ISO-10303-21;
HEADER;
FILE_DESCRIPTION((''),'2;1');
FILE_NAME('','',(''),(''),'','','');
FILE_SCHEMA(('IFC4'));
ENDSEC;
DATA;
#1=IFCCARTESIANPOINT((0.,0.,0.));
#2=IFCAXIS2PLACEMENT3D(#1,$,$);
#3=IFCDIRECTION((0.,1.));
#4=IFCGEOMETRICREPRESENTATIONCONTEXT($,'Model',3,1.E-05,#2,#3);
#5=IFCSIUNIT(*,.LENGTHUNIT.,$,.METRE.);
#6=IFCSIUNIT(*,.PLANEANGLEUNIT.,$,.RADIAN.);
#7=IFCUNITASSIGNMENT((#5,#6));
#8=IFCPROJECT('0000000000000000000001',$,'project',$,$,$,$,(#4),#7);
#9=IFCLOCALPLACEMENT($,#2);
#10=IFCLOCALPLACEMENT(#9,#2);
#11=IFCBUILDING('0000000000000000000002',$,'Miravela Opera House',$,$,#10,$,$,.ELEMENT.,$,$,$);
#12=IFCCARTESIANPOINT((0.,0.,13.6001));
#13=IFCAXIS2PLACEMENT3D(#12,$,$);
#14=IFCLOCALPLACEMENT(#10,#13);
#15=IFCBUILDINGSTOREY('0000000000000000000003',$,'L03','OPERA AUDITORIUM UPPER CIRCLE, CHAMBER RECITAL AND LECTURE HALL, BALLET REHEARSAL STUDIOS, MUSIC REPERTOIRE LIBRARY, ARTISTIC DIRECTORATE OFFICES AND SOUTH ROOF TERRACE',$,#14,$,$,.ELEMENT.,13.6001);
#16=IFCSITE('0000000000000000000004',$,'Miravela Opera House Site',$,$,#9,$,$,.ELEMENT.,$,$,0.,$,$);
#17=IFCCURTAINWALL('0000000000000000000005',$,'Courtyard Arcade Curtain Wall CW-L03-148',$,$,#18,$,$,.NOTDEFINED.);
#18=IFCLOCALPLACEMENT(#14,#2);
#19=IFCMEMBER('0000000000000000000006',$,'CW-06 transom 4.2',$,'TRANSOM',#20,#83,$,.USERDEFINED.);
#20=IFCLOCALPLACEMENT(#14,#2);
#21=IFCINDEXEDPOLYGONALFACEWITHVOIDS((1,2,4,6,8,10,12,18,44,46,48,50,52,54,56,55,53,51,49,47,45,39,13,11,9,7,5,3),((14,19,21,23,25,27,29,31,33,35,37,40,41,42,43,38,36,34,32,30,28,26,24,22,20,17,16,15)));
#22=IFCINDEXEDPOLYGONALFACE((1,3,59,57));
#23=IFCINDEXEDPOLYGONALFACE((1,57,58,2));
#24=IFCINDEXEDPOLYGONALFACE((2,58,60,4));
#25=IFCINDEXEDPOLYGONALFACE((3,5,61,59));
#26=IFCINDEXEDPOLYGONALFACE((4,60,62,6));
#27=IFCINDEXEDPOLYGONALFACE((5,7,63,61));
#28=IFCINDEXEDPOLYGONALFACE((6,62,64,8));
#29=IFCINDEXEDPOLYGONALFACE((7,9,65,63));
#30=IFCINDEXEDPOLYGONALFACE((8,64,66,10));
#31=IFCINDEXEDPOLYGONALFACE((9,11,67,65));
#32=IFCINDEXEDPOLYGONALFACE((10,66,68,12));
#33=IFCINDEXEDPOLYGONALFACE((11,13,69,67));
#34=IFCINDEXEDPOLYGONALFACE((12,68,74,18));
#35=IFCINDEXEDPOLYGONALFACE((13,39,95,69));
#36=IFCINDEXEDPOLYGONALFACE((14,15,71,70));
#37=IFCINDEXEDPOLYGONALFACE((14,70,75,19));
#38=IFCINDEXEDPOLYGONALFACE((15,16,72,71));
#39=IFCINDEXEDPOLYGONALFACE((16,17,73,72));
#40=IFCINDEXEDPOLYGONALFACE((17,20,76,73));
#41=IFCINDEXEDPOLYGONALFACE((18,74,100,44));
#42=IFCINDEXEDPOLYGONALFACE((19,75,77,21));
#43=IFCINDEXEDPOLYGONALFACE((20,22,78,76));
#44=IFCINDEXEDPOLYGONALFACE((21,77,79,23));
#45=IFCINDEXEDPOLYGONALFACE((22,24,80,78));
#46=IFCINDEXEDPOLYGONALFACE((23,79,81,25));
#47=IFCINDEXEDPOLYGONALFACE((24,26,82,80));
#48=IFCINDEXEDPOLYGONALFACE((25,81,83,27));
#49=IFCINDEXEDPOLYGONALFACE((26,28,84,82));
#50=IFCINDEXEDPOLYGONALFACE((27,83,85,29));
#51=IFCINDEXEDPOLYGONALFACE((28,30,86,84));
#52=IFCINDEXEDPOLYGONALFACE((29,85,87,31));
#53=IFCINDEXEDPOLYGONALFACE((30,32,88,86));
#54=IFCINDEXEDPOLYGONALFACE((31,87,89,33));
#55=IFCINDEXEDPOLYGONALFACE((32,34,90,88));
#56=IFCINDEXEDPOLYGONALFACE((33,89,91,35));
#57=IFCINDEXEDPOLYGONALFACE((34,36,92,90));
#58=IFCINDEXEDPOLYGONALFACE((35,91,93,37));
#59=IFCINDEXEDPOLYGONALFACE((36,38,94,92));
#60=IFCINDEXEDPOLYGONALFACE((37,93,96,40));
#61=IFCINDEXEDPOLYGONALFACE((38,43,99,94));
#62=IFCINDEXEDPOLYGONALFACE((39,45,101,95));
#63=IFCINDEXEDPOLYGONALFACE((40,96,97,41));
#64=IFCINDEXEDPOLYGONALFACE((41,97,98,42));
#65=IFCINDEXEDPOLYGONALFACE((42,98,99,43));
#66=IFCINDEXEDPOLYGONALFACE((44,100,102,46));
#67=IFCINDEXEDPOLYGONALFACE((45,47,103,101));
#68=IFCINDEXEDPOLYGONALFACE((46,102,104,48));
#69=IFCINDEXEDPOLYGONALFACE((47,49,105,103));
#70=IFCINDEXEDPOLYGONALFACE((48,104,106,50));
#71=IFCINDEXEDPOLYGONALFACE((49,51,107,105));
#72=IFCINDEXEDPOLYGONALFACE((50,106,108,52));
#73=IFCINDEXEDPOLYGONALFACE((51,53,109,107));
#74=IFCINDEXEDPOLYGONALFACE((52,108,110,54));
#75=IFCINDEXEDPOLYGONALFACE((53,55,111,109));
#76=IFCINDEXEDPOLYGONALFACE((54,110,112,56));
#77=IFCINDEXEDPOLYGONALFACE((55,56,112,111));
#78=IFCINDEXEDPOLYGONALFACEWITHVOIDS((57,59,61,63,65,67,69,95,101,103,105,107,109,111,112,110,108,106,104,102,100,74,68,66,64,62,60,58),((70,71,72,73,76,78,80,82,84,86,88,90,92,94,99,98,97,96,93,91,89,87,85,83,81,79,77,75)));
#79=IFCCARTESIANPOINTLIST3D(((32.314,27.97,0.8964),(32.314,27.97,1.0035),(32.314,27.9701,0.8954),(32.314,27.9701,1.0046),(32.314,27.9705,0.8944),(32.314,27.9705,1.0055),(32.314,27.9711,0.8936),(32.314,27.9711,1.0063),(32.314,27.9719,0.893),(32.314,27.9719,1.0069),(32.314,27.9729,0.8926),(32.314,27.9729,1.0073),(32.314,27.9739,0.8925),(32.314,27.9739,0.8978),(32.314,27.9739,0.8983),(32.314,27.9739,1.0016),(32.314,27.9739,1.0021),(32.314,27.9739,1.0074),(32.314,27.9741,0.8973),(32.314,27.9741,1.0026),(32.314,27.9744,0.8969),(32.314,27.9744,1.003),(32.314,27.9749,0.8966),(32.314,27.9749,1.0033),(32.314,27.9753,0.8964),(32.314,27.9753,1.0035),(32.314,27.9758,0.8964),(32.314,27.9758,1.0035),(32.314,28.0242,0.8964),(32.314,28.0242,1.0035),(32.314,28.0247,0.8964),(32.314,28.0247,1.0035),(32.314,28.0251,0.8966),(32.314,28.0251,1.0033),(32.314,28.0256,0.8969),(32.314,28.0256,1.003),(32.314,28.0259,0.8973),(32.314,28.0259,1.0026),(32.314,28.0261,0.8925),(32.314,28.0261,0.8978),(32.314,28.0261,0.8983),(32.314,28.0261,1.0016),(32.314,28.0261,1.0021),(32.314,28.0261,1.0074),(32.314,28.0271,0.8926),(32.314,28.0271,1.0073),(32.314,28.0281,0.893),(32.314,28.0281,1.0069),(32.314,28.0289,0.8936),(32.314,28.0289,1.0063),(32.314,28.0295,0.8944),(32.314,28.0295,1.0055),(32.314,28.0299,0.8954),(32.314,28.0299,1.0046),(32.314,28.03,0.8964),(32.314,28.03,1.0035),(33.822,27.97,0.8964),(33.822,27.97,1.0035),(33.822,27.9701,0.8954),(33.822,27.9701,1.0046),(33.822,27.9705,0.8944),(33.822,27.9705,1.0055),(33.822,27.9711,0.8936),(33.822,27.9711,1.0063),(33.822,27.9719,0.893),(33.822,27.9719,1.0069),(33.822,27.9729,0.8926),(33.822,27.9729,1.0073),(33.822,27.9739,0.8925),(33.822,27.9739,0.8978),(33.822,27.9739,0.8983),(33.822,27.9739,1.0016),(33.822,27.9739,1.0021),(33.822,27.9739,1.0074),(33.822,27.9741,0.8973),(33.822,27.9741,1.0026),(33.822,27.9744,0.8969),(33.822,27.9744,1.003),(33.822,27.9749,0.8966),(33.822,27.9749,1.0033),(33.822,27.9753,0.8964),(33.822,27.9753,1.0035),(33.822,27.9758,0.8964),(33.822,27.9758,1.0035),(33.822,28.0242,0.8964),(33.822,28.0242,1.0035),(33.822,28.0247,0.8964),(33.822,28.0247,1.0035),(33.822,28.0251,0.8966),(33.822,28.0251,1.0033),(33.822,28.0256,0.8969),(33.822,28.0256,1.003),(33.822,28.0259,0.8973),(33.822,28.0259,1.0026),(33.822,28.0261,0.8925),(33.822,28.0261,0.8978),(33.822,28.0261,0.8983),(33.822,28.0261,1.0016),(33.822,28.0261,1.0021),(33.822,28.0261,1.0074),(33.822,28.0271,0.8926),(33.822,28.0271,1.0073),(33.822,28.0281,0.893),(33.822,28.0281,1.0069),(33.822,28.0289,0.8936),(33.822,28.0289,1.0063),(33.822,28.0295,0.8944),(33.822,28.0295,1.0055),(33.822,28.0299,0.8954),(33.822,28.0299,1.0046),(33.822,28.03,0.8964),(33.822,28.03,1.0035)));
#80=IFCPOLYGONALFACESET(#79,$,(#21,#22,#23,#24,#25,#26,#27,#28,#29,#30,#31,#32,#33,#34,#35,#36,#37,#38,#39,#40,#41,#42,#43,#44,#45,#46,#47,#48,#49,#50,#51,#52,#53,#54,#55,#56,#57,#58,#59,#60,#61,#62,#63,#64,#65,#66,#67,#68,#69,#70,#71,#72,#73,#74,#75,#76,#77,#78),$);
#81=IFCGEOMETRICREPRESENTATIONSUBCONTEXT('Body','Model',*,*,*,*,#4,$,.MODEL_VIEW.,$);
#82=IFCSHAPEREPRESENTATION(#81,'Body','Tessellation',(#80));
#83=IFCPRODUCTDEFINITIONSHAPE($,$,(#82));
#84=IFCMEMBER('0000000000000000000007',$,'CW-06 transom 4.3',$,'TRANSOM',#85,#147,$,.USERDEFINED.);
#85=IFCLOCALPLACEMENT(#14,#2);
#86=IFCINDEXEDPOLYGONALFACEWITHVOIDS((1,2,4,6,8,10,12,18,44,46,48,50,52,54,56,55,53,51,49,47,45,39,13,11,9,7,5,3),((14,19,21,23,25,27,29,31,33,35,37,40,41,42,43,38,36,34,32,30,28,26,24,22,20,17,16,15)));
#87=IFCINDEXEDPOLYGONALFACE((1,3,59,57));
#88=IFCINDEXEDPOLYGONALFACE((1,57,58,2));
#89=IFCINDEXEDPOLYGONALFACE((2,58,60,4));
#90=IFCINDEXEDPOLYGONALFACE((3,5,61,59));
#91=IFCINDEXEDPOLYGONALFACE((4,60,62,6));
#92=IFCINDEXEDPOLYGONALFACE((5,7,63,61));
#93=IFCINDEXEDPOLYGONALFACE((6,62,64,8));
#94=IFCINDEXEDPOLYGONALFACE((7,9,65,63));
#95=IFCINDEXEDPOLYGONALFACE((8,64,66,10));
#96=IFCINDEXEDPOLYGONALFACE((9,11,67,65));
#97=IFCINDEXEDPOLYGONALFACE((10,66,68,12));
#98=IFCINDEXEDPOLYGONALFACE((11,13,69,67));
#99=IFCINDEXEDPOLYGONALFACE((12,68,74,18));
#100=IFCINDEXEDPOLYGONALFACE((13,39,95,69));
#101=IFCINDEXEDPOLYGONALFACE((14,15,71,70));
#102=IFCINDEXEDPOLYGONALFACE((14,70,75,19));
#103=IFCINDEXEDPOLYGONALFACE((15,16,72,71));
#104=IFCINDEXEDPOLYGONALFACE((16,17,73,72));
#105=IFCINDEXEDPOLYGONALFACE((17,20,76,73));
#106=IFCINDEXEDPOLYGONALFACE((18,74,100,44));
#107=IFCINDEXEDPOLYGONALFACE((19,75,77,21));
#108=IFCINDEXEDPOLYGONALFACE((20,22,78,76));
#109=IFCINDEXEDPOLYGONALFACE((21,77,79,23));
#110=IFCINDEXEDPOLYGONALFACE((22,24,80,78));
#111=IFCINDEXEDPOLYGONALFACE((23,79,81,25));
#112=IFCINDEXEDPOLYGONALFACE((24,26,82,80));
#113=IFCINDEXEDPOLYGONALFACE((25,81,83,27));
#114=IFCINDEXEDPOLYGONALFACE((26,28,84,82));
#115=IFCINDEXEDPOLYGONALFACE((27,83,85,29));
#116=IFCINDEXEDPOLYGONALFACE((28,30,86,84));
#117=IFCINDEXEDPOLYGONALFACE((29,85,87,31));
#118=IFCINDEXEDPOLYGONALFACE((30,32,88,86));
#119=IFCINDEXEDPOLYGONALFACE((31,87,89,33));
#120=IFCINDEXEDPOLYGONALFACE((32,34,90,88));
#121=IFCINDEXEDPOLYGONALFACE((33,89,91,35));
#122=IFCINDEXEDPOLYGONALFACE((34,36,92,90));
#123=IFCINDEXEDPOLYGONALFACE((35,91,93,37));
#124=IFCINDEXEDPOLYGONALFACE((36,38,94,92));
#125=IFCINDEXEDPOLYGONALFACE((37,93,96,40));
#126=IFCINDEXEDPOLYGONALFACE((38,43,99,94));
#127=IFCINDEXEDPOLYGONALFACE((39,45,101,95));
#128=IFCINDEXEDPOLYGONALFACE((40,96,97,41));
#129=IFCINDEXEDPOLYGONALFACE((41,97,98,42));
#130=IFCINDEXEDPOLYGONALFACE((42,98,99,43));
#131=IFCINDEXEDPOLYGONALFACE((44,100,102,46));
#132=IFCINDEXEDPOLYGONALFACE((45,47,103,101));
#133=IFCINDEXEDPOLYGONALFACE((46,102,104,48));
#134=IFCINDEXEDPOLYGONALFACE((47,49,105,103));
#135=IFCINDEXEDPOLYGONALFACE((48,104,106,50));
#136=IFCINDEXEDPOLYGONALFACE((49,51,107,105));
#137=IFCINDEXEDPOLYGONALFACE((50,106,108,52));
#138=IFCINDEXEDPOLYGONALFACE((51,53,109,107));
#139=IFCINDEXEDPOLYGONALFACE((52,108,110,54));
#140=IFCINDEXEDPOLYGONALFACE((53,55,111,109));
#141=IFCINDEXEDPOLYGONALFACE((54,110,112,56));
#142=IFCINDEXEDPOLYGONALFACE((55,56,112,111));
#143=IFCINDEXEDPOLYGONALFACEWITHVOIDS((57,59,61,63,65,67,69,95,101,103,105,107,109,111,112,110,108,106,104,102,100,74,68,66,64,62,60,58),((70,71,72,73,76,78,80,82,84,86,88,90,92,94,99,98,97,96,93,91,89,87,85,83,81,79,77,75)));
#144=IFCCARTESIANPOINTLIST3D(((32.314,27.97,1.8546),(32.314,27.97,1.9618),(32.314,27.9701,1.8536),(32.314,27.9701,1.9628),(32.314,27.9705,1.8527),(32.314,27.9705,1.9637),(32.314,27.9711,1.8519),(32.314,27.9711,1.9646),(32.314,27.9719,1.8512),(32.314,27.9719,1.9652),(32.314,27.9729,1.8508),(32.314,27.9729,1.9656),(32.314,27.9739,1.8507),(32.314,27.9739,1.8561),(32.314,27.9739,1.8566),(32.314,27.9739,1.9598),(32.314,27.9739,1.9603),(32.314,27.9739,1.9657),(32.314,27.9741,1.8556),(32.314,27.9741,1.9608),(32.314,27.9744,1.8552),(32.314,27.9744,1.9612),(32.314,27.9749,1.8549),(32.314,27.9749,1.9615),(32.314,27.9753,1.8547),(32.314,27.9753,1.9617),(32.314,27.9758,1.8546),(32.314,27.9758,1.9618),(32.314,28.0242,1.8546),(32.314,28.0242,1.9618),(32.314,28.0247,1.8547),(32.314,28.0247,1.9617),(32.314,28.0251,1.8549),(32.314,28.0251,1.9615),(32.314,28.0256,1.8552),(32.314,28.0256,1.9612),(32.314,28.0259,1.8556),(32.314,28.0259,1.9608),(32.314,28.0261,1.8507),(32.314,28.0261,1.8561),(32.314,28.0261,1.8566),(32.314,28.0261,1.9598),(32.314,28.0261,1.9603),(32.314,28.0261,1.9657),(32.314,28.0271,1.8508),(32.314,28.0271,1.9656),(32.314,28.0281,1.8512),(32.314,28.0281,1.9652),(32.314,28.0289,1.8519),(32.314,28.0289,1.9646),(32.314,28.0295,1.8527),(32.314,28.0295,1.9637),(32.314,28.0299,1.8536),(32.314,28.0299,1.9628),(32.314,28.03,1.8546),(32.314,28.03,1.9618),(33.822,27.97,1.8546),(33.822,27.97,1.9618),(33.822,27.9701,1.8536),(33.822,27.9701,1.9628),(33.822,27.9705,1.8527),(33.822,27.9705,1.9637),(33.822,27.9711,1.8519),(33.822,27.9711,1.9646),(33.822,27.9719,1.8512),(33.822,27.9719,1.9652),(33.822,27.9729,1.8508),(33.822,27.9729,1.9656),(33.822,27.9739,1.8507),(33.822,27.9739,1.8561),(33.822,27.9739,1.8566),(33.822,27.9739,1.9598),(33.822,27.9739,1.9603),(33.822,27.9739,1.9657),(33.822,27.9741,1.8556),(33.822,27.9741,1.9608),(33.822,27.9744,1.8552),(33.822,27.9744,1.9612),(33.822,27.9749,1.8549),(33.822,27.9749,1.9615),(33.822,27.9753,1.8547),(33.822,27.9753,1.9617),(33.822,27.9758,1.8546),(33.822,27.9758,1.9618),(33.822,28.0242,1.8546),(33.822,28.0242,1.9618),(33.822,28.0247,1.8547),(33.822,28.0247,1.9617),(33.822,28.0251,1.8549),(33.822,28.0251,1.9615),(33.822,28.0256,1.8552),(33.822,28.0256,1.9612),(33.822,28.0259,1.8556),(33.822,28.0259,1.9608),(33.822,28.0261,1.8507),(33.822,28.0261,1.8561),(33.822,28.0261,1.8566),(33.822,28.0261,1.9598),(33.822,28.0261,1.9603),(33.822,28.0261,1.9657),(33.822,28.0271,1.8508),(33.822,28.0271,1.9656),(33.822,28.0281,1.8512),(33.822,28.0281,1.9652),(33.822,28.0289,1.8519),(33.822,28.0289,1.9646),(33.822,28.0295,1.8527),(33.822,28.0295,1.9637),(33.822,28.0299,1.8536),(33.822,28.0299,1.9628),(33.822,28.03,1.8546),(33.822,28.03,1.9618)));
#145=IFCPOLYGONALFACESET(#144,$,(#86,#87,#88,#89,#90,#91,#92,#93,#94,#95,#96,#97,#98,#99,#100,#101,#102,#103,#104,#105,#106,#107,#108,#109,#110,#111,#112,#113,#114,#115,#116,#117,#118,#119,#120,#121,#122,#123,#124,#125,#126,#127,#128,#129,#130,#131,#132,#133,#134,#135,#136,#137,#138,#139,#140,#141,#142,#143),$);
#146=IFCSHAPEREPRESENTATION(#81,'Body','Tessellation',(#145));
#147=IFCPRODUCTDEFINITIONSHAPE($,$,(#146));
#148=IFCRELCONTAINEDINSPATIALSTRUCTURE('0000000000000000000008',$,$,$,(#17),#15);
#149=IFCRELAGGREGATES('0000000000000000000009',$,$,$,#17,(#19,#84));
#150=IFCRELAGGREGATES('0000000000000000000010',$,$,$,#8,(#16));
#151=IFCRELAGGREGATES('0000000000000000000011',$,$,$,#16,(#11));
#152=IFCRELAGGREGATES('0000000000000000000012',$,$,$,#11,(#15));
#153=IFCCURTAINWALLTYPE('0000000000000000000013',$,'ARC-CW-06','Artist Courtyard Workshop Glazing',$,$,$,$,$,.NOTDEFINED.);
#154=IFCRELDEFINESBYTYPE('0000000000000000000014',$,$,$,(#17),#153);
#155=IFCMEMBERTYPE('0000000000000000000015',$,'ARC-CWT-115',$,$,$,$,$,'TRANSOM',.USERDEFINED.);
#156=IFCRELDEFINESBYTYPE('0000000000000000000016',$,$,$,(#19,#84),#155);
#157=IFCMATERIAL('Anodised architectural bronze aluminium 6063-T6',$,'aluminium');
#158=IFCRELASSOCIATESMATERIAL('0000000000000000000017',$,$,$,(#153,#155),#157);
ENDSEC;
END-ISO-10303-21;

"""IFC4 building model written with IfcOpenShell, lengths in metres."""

from ifc_helpers import new_model, si_unit, direction, frame, origin, origin_2d, place, context, subcontext, project, spatial, hollow_rectangle, extrude, material, material_profile, profile_set, type_object, element, aggregate, save


model = new_model("IFC4")

# Units and contexts
model_context = context("Model", 3, precision=1e-05, world=origin(), true_north=direction((0.0, 1.0)))
body_context = subcontext(model_context, "Body", "Model", "MODEL_VIEW")
ifc_project = project(units=[si_unit("LENGTHUNIT", "METRE"), si_unit("PLANEANGLEUNIT", "RADIAN")], contexts=[model_context])

# Site, building, storey
site_placement = place(None, origin())
site = spatial("IfcSite", under=ifc_project, at=site_placement, Name="Miravela Opera House Site", CompositionType="ELEMENT", RefElevation=0.0)
building_placement = place(site_placement, origin())
building = spatial("IfcBuilding", under=site, at=building_placement, Name="Miravela Opera House", CompositionType="ELEMENT")
storey_placement = place(building_placement, frame((0.0, 0.0, 13.6001)))
storey = spatial("IfcBuildingStorey", under=building, at=storey_placement, Name="L03", Description="OPERA AUDITORIUM UPPER CIRCLE, CHAMBER RECITAL AND LECTURE HALL, BALLET REHEARSAL STUDIOS, MUSIC REPERTOIRE LIBRARY, ARTISTIC DIRECTORATE OFFICES AND SOUTH ROOF TERRACE", CompositionType="ELEMENT", Elevation=13.6001)

# Curtain wall, members
ifc_material_1 = material(Name="Anodised architectural bronze aluminium 6063-T6", Category="aluminium")
curtain_wall_type = type_object("IfcCurtainWallType", Name="ARC-CW-06", Description="Artist Courtyard Workshop Glazing", PredefinedType="NOTDEFINED", material=ifc_material_1)
curtain_wall_placement = place(storey_placement, origin())
curtain_wall = element("IfcCurtainWall", 1, at=curtain_wall_placement, inside=storey, type_object=curtain_wall_type, Name="Courtyard Arcade Curtain Wall CW-L03-148", PredefinedType="NOTDEFINED")
ifc_material_profile_1 = material_profile(ifc_material_1, hollow_rectangle(XDim=0.0601, YDim=0.115, WallThickness=0.0039, InnerFilletRadius=0.002, OuterFilletRadius=0.0039, at=origin_2d()), Name="CWT-60X115")
ifc_profile_set_1 = profile_set([ifc_material_profile_1])
member_type_1 = type_object("IfcMemberType", Name="ARC-CWT-115", ElementType="TRANSOM", PredefinedType="USERDEFINED", material=ifc_profile_set_1)
member_1_placement = place(storey_placement, frame((32.314, 28.0, 0.95), z_axis=(1.0, 0.0, 0.0), x_axis=(0.0, 1.0, 0.0)))
member_1 = element("IfcMember", 2, at=member_1_placement, type_object=member_type_1, Name="CW-06 transom 4.2", ObjectType="TRANSOM", PredefinedType="USERDEFINED", context=body_context, shape_type="SweptSolid", body=[
    extrude(hollow_rectangle(XDim=0.0601, YDim=0.115, WallThickness=0.0039, InnerFilletRadius=0.002, OuterFilletRadius=0.0039, at=origin_2d()), origin(), (0.0, 0.0, 1.0), 1.5081),
])
member_2_placement = place(storey_placement, frame((32.314, 28.0, 1.9082), z_axis=(1.0, 0.0, 0.0), x_axis=(0.0, 1.0, 0.0)))
member_2 = element("IfcMember", 3, at=member_2_placement, type_object=member_type_1, Name="CW-06 transom 4.3", ObjectType="TRANSOM", PredefinedType="USERDEFINED", context=body_context, shape_type="SweptSolid", body=[
    extrude(hollow_rectangle(XDim=0.0601, YDim=0.115, WallThickness=0.0039, InnerFilletRadius=0.002, OuterFilletRadius=0.0039, at=origin_2d()), origin(), (0.0, 0.0, 1.0), 1.5081),
])
aggregate(curtain_wall, [member_1, member_2])

save(model, "model.ifc")
